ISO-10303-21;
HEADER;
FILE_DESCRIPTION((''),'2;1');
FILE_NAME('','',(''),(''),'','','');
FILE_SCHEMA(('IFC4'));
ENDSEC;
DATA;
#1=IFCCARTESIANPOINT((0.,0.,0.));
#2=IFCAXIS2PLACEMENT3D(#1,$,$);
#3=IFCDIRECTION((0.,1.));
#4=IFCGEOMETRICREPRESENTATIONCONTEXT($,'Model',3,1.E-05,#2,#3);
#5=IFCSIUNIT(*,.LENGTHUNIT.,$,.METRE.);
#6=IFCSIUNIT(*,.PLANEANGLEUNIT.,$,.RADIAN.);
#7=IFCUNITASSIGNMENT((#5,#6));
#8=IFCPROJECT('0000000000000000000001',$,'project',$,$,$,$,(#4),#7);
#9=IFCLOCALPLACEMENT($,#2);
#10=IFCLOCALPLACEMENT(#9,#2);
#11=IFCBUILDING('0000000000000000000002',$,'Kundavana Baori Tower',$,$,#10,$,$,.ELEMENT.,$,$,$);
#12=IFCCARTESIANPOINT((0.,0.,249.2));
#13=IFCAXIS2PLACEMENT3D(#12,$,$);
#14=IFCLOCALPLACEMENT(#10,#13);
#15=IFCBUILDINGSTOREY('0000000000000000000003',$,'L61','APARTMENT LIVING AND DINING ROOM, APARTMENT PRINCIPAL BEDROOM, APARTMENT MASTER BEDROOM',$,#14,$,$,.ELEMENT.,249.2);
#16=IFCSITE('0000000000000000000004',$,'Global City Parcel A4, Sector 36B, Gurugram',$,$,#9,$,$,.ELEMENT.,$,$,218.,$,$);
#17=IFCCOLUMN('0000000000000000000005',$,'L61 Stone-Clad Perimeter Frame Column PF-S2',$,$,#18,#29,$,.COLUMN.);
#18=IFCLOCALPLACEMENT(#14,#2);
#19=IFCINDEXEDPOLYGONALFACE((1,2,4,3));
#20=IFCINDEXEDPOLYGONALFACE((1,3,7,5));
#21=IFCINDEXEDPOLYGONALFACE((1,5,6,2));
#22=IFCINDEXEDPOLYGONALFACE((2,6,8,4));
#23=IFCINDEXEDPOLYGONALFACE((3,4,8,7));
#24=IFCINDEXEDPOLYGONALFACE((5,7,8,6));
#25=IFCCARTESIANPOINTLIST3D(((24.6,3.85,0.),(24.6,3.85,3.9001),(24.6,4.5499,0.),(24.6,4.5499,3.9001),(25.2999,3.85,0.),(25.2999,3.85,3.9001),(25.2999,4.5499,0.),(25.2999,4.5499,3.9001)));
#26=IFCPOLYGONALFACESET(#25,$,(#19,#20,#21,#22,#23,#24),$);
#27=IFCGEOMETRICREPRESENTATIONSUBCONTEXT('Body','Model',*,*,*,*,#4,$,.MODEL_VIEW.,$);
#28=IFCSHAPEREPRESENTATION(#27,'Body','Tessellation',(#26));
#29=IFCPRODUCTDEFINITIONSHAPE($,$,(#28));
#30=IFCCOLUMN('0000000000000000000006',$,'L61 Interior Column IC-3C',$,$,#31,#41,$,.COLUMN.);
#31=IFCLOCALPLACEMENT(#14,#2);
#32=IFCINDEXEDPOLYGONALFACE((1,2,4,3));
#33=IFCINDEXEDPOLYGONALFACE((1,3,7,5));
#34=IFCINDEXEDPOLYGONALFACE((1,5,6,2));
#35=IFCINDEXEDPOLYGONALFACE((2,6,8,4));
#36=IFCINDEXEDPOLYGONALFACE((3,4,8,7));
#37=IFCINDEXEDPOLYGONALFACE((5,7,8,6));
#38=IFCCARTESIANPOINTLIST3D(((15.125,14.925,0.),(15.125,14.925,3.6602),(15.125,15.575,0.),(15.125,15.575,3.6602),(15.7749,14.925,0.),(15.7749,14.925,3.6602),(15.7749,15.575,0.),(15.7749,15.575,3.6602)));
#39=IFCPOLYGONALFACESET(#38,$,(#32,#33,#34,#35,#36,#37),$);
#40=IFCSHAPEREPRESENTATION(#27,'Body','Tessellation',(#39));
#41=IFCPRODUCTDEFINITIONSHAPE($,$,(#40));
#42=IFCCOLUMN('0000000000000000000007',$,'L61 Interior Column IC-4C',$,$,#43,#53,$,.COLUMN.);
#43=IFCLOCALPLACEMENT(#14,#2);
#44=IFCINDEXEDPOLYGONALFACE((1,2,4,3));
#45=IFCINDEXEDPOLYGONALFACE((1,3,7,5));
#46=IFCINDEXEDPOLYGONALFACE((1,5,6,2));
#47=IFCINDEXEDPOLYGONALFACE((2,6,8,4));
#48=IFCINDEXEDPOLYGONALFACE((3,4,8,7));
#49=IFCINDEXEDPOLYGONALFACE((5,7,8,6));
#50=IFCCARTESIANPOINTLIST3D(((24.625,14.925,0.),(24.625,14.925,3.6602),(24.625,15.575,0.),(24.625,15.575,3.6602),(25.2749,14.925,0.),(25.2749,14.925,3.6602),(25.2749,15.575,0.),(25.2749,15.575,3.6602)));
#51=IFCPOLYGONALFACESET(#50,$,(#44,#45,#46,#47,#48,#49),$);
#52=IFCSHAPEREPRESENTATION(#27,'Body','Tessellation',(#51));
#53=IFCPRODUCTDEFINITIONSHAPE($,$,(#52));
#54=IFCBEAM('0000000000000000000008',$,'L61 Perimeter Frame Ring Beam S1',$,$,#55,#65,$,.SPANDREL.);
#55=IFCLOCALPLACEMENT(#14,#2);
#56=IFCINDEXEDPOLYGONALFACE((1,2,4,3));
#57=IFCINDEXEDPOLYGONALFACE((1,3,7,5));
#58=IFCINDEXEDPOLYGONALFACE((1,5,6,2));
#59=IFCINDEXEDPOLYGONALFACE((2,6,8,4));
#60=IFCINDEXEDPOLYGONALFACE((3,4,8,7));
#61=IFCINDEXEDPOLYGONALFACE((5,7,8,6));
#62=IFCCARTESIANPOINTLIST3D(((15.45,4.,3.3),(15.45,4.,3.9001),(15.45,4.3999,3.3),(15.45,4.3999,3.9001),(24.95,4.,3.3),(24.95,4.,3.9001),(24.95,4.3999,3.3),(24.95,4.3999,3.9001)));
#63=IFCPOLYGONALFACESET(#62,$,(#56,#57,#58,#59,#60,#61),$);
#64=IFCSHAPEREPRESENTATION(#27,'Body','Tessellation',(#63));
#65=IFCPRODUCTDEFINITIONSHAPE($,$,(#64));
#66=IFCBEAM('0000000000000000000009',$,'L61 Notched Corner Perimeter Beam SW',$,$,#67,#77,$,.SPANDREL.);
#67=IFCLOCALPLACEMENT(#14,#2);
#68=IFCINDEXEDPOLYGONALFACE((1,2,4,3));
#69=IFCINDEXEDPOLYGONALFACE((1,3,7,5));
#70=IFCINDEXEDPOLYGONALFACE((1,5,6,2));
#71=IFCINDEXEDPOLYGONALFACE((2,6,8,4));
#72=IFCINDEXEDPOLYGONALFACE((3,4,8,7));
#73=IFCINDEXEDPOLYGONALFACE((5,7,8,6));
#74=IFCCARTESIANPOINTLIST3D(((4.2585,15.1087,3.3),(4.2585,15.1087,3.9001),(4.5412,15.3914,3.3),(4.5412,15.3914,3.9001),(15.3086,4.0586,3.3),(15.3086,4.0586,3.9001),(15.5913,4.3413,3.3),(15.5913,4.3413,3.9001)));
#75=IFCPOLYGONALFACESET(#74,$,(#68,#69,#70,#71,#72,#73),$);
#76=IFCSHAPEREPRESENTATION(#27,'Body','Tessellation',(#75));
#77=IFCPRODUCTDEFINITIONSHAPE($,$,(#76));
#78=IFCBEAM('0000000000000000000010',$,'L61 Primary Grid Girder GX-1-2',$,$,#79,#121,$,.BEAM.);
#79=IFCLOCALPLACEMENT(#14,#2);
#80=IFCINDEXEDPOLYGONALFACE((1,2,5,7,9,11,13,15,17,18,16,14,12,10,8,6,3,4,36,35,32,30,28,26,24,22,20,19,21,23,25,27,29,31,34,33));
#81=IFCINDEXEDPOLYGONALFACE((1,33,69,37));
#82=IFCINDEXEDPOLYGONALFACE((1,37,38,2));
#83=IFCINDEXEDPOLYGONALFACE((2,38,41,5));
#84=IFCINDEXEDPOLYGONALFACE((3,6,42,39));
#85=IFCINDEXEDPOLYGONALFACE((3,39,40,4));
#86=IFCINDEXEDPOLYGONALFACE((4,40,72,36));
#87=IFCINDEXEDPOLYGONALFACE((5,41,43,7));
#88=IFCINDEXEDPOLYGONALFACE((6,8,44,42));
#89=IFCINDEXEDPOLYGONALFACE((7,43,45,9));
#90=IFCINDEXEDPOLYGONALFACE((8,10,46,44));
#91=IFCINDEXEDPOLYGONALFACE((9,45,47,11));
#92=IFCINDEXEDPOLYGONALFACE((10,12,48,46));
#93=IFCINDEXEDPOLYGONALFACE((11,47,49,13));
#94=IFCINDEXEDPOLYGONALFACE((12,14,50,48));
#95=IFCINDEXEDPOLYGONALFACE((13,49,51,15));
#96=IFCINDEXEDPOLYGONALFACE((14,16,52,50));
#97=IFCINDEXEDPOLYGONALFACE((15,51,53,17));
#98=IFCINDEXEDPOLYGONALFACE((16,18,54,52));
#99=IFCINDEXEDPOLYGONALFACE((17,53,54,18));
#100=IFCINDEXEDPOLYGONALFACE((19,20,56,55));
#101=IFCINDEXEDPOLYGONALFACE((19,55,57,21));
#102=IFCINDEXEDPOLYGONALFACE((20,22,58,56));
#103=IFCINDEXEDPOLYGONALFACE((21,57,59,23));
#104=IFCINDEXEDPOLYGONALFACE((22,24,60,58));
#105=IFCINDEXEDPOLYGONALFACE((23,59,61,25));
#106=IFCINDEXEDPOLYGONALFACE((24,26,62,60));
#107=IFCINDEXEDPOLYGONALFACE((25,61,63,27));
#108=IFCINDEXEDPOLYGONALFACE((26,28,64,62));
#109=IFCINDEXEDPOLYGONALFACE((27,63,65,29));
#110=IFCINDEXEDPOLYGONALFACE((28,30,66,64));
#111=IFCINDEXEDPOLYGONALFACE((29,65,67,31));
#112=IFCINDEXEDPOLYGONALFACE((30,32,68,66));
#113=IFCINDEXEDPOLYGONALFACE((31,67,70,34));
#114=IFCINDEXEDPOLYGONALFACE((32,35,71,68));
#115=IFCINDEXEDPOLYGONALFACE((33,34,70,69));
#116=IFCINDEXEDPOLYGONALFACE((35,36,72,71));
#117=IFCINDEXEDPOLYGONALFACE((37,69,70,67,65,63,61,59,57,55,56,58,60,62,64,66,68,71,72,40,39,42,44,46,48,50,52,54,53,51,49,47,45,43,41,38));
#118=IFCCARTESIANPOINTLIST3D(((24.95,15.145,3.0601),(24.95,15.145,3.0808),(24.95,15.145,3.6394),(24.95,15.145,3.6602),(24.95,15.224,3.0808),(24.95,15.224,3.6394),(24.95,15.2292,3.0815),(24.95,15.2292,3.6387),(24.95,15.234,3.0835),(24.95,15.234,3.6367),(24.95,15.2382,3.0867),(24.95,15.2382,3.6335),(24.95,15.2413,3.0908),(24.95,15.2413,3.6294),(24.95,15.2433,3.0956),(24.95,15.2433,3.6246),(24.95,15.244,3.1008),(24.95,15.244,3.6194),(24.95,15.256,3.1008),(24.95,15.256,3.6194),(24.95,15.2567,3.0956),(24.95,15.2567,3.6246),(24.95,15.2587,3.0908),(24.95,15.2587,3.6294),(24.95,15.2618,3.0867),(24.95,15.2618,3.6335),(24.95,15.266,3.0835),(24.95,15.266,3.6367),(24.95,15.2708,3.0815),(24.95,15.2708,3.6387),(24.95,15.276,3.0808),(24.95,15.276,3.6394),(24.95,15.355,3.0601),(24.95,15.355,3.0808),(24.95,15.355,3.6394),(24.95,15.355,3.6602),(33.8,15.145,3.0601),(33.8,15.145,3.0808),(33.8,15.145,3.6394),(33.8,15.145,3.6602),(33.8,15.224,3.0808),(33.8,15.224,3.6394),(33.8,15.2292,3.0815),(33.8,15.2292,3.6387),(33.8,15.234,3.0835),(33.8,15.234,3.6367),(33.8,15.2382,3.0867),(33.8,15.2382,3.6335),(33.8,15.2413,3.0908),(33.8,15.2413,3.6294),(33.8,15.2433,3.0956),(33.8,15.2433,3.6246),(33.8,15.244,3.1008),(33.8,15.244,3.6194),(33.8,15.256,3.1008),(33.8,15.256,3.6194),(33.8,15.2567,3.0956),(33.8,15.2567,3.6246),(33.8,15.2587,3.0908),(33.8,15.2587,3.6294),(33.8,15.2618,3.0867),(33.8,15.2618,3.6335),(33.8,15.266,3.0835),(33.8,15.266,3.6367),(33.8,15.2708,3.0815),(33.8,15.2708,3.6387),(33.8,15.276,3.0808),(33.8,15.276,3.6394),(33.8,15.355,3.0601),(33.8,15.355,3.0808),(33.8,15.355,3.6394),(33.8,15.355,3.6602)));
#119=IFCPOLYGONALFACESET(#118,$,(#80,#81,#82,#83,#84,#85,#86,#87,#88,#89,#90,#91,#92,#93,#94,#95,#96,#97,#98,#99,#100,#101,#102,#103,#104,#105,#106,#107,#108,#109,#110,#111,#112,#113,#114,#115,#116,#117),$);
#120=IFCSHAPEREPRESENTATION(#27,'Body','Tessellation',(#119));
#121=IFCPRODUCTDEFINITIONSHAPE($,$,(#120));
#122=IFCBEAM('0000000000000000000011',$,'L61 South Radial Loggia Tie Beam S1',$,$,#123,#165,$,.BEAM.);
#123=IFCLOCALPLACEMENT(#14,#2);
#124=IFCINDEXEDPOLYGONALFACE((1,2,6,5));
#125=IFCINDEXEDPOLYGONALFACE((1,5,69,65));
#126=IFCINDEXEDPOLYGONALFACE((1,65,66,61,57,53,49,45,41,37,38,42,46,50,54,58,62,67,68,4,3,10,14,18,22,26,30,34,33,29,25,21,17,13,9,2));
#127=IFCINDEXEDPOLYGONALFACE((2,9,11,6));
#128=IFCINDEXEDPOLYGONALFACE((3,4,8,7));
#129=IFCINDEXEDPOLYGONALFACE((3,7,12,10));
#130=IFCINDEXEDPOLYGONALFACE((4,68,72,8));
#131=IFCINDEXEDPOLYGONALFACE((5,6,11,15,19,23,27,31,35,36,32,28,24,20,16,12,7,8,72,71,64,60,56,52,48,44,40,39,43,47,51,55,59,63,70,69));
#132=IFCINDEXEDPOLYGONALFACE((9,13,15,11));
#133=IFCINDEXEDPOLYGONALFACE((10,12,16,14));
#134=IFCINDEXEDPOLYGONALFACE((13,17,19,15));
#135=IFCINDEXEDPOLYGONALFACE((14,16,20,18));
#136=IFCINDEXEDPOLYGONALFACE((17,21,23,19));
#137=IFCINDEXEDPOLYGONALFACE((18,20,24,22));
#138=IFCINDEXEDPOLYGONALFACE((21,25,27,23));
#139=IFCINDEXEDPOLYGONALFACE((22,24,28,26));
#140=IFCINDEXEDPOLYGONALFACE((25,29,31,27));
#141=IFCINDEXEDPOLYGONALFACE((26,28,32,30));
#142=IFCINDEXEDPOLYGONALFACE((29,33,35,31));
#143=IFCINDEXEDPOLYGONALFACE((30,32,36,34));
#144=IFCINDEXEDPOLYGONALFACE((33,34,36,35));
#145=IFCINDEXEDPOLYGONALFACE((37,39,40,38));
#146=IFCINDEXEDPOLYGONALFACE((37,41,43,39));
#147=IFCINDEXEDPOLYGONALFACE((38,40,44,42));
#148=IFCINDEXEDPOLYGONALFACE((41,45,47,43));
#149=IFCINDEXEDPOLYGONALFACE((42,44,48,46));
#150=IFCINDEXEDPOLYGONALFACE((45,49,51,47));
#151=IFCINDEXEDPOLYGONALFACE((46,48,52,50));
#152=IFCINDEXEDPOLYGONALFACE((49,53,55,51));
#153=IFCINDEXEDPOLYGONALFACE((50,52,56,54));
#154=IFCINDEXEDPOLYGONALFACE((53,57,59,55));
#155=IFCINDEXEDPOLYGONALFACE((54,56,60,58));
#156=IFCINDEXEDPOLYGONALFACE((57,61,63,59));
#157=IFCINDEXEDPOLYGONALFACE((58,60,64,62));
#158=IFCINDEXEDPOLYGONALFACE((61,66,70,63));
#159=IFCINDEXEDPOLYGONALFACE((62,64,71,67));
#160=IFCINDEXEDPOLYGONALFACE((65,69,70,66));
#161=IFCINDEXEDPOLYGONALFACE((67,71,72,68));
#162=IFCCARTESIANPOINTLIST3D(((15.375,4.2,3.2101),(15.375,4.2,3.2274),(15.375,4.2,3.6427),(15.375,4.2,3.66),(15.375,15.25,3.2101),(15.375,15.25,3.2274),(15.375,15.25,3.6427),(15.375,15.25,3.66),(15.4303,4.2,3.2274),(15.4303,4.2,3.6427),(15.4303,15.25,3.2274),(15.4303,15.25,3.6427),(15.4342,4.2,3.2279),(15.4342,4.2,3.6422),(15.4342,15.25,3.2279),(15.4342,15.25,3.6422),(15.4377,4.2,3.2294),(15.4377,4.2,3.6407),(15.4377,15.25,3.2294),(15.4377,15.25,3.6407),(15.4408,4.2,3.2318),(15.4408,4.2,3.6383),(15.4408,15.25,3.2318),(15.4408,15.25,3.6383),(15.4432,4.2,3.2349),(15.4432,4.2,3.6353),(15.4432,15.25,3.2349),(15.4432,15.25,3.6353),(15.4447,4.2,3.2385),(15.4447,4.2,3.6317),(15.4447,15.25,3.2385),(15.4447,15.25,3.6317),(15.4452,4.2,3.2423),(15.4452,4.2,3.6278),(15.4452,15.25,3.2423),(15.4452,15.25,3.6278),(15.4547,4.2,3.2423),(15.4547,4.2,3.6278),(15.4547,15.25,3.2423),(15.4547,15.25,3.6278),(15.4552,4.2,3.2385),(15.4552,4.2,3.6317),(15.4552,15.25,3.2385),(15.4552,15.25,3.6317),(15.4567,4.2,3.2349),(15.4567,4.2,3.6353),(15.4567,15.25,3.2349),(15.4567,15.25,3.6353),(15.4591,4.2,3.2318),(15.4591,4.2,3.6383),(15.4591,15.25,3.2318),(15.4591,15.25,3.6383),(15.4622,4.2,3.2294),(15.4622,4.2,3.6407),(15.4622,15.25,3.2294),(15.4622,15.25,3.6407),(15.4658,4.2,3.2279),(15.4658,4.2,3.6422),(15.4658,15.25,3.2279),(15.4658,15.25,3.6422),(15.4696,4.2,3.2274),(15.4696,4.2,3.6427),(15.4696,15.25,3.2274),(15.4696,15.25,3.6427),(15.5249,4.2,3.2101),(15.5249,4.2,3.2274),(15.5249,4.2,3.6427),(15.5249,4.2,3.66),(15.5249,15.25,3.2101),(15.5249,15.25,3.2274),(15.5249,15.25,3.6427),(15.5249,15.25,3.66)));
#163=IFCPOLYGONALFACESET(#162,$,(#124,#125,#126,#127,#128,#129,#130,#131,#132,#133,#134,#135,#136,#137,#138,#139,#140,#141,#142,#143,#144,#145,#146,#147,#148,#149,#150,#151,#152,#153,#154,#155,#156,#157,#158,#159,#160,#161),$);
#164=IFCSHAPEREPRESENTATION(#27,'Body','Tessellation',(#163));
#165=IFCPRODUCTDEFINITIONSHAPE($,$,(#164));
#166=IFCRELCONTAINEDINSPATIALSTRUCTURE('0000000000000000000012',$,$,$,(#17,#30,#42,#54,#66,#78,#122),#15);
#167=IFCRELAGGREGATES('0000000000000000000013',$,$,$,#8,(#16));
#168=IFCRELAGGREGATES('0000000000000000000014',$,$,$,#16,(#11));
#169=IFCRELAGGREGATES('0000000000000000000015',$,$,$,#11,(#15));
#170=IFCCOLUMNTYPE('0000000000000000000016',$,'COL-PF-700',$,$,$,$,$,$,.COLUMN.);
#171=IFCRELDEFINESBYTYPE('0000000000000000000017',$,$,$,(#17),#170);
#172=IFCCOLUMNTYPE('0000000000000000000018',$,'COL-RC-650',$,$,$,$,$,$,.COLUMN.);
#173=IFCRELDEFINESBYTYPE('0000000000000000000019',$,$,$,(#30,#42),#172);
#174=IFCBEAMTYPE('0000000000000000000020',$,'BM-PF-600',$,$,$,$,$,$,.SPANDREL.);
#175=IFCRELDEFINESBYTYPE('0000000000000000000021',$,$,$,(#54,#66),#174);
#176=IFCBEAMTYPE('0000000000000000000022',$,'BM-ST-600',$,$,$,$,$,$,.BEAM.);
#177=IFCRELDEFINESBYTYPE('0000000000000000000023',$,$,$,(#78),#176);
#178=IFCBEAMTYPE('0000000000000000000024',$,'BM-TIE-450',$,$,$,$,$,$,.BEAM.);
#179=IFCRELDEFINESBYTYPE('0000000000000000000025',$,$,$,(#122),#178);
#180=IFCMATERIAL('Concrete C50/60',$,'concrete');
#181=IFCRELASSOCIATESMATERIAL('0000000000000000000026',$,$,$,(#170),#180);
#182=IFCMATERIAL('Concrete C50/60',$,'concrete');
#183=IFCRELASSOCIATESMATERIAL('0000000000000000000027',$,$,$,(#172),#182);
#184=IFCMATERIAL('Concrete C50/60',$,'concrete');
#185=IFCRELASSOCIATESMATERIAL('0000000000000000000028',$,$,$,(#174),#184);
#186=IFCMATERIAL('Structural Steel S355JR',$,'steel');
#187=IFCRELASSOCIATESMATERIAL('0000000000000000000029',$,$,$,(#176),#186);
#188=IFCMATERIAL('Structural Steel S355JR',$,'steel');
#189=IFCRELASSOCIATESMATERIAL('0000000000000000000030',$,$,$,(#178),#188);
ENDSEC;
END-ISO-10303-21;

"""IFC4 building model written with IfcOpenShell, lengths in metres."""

from ifc_helpers import new_model, si_unit, direction, frame, origin, origin_2d, place, context, subcontext, project, spatial, rectangle, i_section, extrude, material, material_profile, profile_set, type_object, element, save


model = new_model("IFC4")

# Units and contexts
model_context = context("Model", 3, precision=1e-05, world=origin(), true_north=direction((0.0, 1.0)))
body_context = subcontext(model_context, "Body", "Model", "MODEL_VIEW")
ifc_project = project(units=[si_unit("LENGTHUNIT", "METRE"), si_unit("PLANEANGLEUNIT", "RADIAN")], contexts=[model_context])

# Site, building, storey
site_placement = place(None, origin())
site = spatial("IfcSite", under=ifc_project, at=site_placement, Name="Global City Parcel A4, Sector 36B, Gurugram", CompositionType="ELEMENT", RefElevation=218.0)
building_placement = place(site_placement, origin())
building = spatial("IfcBuilding", under=site, at=building_placement, Name="Kundavana Baori Tower", CompositionType="ELEMENT")
storey_placement = place(building_placement, frame((0.0, 0.0, 249.2)))
storey = spatial("IfcBuildingStorey", under=building, at=storey_placement, Name="L61", Description="APARTMENT LIVING AND DINING ROOM, APARTMENT PRINCIPAL BEDROOM, APARTMENT MASTER BEDROOM", CompositionType="ELEMENT", Elevation=249.2)

# Columns
ifc_material_1 = material(Name="Concrete C50/60", Category="concrete")
ifc_material_profile_1 = material_profile(ifc_material_1, rectangle(XDim=0.7, YDim=0.7, at=origin_2d()), Name="RC PF 700x700")
ifc_profile_set_1 = profile_set([ifc_material_profile_1], Name="Concrete C50/60")
column_type_1 = type_object("IfcColumnType", Name="COL-PF-700", PredefinedType="COLUMN", material=ifc_profile_set_1)
column_placement = place(storey_placement, frame((24.95, 4.2, 0.0), z_axis=(0.0, 0.0, 1.0), x_axis=(1.0, 0.0, 0.0)))
element("IfcColumn", 1, at=column_placement, inside=storey, type_object=column_type_1, Name="L61 Stone-Clad Perimeter Frame Column PF-S2", PredefinedType="COLUMN", context=body_context, shape_type="SweptSolid", body=[
    extrude(rectangle(XDim=0.7, YDim=0.7, at=origin_2d()), origin(), (0.0, 0.0, 1.0), 3.9001),
])
ifc_material_2 = material(Name="Concrete C50/60", Category="concrete")
ifc_material_profile_2 = material_profile(ifc_material_2, rectangle(XDim=0.6499, YDim=0.6499, at=origin_2d()), Name="RC 650x650")
ifc_profile_set_2 = profile_set([ifc_material_profile_2], Name="Concrete C50/60")
column_type_2 = type_object("IfcColumnType", Name="COL-RC-650", PredefinedType="COLUMN", material=ifc_profile_set_2)
for number, where, z_axis, x_axis, name in (
    (2, (15.45, 15.25, 0.0), (0.0, 0.0, 1.0), (1.0, 0.0, 0.0), "L61 Interior Column IC-3C"),
    (3, (24.95, 15.25, 0.0), (0.0, 0.0, 1.0), (1.0, 0.0, 0.0), "L61 Interior Column IC-4C"),
):
    element("IfcColumn", number, at=place(storey_placement, frame(where, z_axis=z_axis, x_axis=x_axis)), inside=storey, type_object=column_type_2, Name=name, PredefinedType="COLUMN", context=body_context, shape_type="SweptSolid", body=[
        extrude(rectangle(XDim=0.6499, YDim=0.6499, at=origin_2d()), origin(), (0.0, 0.0, 1.0), 3.6602),
    ])

# Beams
ifc_material_3 = material(Name="Concrete C50/60", Category="concrete")
ifc_material_profile_3 = material_profile(ifc_material_3, rectangle(XDim=0.3999, YDim=0.6001, at=origin_2d()), Name="RC BM 400x600")
ifc_profile_set_3 = profile_set([ifc_material_profile_3], Name="Concrete C50/60")
beam_type_1 = type_object("IfcBeamType", Name="BM-PF-600", PredefinedType="SPANDREL", material=ifc_profile_set_3)
beam_1_placement = place(storey_placement, frame((15.45, 4.2, 3.6001), z_axis=(1.0, 0.0, 0.0), x_axis=(0.0, 1.0, 0.0)))
element("IfcBeam", 4, at=beam_1_placement, inside=storey, type_object=beam_type_1, Name="L61 Perimeter Frame Ring Beam S1", PredefinedType="SPANDREL", context=body_context, shape_type="SweptSolid", body=[
    extrude(rectangle(XDim=0.3999, YDim=0.6001, at=origin_2d()), origin(), (0.0, 0.0, 1.0), 9.5),
])
beam_2_placement = place(storey_placement, frame((15.45, 4.2, 3.6001), z_axis=(-0.707107, 0.707107, 0.0), x_axis=(-0.707107, -0.707107, 0.0)))
element("IfcBeam", 5, at=beam_2_placement, inside=storey, type_object=beam_type_1, Name="L61 Notched Corner Perimeter Beam SW", PredefinedType="SPANDREL", context=body_context, shape_type="SweptSolid", body=[
    extrude(rectangle(XDim=0.3999, YDim=0.6001, at=origin_2d()), origin(), (0.0, 0.0, 1.0), 15.6272),
])
ifc_material_4 = material(Name="Structural Steel S355JR", Category="steel")
ifc_material_profile_4 = material_profile(ifc_material_4, i_section(OverallWidth=0.21, OverallDepth=0.6001, WebThickness=0.012, FlangeThickness=0.0208, FilletRadius=0.02, at=origin_2d()), Name="ISMB 600")
ifc_profile_set_4 = profile_set([ifc_material_profile_4], Name="Structural Steel S355JR")
beam_type_2 = type_object("IfcBeamType", Name="BM-ST-600", PredefinedType="BEAM", material=ifc_profile_set_4)
beam_3_placement = place(storey_placement, frame((24.95, 15.25, 3.3601), z_axis=(1.0, 0.0, 0.0), x_axis=(0.0, 1.0, 0.0)))
element("IfcBeam", 6, at=beam_3_placement, inside=storey, type_object=beam_type_2, Name="L61 Primary Grid Girder GX-1-2", PredefinedType="BEAM", context=body_context, shape_type="SweptSolid", body=[
    extrude(i_section(OverallWidth=0.21, OverallDepth=0.6001, WebThickness=0.012, FlangeThickness=0.0208, FilletRadius=0.02, at=origin_2d()), origin(), (0.0, 0.0, 1.0), 8.8501),
])
ifc_material_5 = material(Name="Structural Steel S355JR", Category="steel")
ifc_material_profile_5 = material_profile(ifc_material_5, i_section(OverallWidth=0.1499, OverallDepth=0.45, WebThickness=0.0095, FlangeThickness=0.0173, FilletRadius=0.0149, at=origin_2d()), Name="ISMB 450")
ifc_profile_set_5 = profile_set([ifc_material_profile_5], Name="Structural Steel S355JR")
beam_type_3 = type_object("IfcBeamType", Name="BM-TIE-450", PredefinedType="BEAM", material=ifc_profile_set_5)
for number, where, z_axis, x_axis, name in (
    (7, (15.45, 15.25, 3.4351), (0.0, -1.0, 0.0), (1.0, 0.0, 0.0), "L61 South Radial Loggia Tie Beam S1"),
):
    element("IfcBeam", number, at=place(storey_placement, frame(where, z_axis=z_axis, x_axis=x_axis)), inside=storey, type_object=beam_type_3, Name=name, PredefinedType="BEAM", context=body_context, shape_type="SweptSolid", body=[
        extrude(i_section(OverallWidth=0.1499, OverallDepth=0.45, WebThickness=0.0095, FlangeThickness=0.0173, FilletRadius=0.0149, at=origin_2d()), origin(), (0.0, 0.0, 1.0), 11.05),
    ])

save(model, "model.ifc")
